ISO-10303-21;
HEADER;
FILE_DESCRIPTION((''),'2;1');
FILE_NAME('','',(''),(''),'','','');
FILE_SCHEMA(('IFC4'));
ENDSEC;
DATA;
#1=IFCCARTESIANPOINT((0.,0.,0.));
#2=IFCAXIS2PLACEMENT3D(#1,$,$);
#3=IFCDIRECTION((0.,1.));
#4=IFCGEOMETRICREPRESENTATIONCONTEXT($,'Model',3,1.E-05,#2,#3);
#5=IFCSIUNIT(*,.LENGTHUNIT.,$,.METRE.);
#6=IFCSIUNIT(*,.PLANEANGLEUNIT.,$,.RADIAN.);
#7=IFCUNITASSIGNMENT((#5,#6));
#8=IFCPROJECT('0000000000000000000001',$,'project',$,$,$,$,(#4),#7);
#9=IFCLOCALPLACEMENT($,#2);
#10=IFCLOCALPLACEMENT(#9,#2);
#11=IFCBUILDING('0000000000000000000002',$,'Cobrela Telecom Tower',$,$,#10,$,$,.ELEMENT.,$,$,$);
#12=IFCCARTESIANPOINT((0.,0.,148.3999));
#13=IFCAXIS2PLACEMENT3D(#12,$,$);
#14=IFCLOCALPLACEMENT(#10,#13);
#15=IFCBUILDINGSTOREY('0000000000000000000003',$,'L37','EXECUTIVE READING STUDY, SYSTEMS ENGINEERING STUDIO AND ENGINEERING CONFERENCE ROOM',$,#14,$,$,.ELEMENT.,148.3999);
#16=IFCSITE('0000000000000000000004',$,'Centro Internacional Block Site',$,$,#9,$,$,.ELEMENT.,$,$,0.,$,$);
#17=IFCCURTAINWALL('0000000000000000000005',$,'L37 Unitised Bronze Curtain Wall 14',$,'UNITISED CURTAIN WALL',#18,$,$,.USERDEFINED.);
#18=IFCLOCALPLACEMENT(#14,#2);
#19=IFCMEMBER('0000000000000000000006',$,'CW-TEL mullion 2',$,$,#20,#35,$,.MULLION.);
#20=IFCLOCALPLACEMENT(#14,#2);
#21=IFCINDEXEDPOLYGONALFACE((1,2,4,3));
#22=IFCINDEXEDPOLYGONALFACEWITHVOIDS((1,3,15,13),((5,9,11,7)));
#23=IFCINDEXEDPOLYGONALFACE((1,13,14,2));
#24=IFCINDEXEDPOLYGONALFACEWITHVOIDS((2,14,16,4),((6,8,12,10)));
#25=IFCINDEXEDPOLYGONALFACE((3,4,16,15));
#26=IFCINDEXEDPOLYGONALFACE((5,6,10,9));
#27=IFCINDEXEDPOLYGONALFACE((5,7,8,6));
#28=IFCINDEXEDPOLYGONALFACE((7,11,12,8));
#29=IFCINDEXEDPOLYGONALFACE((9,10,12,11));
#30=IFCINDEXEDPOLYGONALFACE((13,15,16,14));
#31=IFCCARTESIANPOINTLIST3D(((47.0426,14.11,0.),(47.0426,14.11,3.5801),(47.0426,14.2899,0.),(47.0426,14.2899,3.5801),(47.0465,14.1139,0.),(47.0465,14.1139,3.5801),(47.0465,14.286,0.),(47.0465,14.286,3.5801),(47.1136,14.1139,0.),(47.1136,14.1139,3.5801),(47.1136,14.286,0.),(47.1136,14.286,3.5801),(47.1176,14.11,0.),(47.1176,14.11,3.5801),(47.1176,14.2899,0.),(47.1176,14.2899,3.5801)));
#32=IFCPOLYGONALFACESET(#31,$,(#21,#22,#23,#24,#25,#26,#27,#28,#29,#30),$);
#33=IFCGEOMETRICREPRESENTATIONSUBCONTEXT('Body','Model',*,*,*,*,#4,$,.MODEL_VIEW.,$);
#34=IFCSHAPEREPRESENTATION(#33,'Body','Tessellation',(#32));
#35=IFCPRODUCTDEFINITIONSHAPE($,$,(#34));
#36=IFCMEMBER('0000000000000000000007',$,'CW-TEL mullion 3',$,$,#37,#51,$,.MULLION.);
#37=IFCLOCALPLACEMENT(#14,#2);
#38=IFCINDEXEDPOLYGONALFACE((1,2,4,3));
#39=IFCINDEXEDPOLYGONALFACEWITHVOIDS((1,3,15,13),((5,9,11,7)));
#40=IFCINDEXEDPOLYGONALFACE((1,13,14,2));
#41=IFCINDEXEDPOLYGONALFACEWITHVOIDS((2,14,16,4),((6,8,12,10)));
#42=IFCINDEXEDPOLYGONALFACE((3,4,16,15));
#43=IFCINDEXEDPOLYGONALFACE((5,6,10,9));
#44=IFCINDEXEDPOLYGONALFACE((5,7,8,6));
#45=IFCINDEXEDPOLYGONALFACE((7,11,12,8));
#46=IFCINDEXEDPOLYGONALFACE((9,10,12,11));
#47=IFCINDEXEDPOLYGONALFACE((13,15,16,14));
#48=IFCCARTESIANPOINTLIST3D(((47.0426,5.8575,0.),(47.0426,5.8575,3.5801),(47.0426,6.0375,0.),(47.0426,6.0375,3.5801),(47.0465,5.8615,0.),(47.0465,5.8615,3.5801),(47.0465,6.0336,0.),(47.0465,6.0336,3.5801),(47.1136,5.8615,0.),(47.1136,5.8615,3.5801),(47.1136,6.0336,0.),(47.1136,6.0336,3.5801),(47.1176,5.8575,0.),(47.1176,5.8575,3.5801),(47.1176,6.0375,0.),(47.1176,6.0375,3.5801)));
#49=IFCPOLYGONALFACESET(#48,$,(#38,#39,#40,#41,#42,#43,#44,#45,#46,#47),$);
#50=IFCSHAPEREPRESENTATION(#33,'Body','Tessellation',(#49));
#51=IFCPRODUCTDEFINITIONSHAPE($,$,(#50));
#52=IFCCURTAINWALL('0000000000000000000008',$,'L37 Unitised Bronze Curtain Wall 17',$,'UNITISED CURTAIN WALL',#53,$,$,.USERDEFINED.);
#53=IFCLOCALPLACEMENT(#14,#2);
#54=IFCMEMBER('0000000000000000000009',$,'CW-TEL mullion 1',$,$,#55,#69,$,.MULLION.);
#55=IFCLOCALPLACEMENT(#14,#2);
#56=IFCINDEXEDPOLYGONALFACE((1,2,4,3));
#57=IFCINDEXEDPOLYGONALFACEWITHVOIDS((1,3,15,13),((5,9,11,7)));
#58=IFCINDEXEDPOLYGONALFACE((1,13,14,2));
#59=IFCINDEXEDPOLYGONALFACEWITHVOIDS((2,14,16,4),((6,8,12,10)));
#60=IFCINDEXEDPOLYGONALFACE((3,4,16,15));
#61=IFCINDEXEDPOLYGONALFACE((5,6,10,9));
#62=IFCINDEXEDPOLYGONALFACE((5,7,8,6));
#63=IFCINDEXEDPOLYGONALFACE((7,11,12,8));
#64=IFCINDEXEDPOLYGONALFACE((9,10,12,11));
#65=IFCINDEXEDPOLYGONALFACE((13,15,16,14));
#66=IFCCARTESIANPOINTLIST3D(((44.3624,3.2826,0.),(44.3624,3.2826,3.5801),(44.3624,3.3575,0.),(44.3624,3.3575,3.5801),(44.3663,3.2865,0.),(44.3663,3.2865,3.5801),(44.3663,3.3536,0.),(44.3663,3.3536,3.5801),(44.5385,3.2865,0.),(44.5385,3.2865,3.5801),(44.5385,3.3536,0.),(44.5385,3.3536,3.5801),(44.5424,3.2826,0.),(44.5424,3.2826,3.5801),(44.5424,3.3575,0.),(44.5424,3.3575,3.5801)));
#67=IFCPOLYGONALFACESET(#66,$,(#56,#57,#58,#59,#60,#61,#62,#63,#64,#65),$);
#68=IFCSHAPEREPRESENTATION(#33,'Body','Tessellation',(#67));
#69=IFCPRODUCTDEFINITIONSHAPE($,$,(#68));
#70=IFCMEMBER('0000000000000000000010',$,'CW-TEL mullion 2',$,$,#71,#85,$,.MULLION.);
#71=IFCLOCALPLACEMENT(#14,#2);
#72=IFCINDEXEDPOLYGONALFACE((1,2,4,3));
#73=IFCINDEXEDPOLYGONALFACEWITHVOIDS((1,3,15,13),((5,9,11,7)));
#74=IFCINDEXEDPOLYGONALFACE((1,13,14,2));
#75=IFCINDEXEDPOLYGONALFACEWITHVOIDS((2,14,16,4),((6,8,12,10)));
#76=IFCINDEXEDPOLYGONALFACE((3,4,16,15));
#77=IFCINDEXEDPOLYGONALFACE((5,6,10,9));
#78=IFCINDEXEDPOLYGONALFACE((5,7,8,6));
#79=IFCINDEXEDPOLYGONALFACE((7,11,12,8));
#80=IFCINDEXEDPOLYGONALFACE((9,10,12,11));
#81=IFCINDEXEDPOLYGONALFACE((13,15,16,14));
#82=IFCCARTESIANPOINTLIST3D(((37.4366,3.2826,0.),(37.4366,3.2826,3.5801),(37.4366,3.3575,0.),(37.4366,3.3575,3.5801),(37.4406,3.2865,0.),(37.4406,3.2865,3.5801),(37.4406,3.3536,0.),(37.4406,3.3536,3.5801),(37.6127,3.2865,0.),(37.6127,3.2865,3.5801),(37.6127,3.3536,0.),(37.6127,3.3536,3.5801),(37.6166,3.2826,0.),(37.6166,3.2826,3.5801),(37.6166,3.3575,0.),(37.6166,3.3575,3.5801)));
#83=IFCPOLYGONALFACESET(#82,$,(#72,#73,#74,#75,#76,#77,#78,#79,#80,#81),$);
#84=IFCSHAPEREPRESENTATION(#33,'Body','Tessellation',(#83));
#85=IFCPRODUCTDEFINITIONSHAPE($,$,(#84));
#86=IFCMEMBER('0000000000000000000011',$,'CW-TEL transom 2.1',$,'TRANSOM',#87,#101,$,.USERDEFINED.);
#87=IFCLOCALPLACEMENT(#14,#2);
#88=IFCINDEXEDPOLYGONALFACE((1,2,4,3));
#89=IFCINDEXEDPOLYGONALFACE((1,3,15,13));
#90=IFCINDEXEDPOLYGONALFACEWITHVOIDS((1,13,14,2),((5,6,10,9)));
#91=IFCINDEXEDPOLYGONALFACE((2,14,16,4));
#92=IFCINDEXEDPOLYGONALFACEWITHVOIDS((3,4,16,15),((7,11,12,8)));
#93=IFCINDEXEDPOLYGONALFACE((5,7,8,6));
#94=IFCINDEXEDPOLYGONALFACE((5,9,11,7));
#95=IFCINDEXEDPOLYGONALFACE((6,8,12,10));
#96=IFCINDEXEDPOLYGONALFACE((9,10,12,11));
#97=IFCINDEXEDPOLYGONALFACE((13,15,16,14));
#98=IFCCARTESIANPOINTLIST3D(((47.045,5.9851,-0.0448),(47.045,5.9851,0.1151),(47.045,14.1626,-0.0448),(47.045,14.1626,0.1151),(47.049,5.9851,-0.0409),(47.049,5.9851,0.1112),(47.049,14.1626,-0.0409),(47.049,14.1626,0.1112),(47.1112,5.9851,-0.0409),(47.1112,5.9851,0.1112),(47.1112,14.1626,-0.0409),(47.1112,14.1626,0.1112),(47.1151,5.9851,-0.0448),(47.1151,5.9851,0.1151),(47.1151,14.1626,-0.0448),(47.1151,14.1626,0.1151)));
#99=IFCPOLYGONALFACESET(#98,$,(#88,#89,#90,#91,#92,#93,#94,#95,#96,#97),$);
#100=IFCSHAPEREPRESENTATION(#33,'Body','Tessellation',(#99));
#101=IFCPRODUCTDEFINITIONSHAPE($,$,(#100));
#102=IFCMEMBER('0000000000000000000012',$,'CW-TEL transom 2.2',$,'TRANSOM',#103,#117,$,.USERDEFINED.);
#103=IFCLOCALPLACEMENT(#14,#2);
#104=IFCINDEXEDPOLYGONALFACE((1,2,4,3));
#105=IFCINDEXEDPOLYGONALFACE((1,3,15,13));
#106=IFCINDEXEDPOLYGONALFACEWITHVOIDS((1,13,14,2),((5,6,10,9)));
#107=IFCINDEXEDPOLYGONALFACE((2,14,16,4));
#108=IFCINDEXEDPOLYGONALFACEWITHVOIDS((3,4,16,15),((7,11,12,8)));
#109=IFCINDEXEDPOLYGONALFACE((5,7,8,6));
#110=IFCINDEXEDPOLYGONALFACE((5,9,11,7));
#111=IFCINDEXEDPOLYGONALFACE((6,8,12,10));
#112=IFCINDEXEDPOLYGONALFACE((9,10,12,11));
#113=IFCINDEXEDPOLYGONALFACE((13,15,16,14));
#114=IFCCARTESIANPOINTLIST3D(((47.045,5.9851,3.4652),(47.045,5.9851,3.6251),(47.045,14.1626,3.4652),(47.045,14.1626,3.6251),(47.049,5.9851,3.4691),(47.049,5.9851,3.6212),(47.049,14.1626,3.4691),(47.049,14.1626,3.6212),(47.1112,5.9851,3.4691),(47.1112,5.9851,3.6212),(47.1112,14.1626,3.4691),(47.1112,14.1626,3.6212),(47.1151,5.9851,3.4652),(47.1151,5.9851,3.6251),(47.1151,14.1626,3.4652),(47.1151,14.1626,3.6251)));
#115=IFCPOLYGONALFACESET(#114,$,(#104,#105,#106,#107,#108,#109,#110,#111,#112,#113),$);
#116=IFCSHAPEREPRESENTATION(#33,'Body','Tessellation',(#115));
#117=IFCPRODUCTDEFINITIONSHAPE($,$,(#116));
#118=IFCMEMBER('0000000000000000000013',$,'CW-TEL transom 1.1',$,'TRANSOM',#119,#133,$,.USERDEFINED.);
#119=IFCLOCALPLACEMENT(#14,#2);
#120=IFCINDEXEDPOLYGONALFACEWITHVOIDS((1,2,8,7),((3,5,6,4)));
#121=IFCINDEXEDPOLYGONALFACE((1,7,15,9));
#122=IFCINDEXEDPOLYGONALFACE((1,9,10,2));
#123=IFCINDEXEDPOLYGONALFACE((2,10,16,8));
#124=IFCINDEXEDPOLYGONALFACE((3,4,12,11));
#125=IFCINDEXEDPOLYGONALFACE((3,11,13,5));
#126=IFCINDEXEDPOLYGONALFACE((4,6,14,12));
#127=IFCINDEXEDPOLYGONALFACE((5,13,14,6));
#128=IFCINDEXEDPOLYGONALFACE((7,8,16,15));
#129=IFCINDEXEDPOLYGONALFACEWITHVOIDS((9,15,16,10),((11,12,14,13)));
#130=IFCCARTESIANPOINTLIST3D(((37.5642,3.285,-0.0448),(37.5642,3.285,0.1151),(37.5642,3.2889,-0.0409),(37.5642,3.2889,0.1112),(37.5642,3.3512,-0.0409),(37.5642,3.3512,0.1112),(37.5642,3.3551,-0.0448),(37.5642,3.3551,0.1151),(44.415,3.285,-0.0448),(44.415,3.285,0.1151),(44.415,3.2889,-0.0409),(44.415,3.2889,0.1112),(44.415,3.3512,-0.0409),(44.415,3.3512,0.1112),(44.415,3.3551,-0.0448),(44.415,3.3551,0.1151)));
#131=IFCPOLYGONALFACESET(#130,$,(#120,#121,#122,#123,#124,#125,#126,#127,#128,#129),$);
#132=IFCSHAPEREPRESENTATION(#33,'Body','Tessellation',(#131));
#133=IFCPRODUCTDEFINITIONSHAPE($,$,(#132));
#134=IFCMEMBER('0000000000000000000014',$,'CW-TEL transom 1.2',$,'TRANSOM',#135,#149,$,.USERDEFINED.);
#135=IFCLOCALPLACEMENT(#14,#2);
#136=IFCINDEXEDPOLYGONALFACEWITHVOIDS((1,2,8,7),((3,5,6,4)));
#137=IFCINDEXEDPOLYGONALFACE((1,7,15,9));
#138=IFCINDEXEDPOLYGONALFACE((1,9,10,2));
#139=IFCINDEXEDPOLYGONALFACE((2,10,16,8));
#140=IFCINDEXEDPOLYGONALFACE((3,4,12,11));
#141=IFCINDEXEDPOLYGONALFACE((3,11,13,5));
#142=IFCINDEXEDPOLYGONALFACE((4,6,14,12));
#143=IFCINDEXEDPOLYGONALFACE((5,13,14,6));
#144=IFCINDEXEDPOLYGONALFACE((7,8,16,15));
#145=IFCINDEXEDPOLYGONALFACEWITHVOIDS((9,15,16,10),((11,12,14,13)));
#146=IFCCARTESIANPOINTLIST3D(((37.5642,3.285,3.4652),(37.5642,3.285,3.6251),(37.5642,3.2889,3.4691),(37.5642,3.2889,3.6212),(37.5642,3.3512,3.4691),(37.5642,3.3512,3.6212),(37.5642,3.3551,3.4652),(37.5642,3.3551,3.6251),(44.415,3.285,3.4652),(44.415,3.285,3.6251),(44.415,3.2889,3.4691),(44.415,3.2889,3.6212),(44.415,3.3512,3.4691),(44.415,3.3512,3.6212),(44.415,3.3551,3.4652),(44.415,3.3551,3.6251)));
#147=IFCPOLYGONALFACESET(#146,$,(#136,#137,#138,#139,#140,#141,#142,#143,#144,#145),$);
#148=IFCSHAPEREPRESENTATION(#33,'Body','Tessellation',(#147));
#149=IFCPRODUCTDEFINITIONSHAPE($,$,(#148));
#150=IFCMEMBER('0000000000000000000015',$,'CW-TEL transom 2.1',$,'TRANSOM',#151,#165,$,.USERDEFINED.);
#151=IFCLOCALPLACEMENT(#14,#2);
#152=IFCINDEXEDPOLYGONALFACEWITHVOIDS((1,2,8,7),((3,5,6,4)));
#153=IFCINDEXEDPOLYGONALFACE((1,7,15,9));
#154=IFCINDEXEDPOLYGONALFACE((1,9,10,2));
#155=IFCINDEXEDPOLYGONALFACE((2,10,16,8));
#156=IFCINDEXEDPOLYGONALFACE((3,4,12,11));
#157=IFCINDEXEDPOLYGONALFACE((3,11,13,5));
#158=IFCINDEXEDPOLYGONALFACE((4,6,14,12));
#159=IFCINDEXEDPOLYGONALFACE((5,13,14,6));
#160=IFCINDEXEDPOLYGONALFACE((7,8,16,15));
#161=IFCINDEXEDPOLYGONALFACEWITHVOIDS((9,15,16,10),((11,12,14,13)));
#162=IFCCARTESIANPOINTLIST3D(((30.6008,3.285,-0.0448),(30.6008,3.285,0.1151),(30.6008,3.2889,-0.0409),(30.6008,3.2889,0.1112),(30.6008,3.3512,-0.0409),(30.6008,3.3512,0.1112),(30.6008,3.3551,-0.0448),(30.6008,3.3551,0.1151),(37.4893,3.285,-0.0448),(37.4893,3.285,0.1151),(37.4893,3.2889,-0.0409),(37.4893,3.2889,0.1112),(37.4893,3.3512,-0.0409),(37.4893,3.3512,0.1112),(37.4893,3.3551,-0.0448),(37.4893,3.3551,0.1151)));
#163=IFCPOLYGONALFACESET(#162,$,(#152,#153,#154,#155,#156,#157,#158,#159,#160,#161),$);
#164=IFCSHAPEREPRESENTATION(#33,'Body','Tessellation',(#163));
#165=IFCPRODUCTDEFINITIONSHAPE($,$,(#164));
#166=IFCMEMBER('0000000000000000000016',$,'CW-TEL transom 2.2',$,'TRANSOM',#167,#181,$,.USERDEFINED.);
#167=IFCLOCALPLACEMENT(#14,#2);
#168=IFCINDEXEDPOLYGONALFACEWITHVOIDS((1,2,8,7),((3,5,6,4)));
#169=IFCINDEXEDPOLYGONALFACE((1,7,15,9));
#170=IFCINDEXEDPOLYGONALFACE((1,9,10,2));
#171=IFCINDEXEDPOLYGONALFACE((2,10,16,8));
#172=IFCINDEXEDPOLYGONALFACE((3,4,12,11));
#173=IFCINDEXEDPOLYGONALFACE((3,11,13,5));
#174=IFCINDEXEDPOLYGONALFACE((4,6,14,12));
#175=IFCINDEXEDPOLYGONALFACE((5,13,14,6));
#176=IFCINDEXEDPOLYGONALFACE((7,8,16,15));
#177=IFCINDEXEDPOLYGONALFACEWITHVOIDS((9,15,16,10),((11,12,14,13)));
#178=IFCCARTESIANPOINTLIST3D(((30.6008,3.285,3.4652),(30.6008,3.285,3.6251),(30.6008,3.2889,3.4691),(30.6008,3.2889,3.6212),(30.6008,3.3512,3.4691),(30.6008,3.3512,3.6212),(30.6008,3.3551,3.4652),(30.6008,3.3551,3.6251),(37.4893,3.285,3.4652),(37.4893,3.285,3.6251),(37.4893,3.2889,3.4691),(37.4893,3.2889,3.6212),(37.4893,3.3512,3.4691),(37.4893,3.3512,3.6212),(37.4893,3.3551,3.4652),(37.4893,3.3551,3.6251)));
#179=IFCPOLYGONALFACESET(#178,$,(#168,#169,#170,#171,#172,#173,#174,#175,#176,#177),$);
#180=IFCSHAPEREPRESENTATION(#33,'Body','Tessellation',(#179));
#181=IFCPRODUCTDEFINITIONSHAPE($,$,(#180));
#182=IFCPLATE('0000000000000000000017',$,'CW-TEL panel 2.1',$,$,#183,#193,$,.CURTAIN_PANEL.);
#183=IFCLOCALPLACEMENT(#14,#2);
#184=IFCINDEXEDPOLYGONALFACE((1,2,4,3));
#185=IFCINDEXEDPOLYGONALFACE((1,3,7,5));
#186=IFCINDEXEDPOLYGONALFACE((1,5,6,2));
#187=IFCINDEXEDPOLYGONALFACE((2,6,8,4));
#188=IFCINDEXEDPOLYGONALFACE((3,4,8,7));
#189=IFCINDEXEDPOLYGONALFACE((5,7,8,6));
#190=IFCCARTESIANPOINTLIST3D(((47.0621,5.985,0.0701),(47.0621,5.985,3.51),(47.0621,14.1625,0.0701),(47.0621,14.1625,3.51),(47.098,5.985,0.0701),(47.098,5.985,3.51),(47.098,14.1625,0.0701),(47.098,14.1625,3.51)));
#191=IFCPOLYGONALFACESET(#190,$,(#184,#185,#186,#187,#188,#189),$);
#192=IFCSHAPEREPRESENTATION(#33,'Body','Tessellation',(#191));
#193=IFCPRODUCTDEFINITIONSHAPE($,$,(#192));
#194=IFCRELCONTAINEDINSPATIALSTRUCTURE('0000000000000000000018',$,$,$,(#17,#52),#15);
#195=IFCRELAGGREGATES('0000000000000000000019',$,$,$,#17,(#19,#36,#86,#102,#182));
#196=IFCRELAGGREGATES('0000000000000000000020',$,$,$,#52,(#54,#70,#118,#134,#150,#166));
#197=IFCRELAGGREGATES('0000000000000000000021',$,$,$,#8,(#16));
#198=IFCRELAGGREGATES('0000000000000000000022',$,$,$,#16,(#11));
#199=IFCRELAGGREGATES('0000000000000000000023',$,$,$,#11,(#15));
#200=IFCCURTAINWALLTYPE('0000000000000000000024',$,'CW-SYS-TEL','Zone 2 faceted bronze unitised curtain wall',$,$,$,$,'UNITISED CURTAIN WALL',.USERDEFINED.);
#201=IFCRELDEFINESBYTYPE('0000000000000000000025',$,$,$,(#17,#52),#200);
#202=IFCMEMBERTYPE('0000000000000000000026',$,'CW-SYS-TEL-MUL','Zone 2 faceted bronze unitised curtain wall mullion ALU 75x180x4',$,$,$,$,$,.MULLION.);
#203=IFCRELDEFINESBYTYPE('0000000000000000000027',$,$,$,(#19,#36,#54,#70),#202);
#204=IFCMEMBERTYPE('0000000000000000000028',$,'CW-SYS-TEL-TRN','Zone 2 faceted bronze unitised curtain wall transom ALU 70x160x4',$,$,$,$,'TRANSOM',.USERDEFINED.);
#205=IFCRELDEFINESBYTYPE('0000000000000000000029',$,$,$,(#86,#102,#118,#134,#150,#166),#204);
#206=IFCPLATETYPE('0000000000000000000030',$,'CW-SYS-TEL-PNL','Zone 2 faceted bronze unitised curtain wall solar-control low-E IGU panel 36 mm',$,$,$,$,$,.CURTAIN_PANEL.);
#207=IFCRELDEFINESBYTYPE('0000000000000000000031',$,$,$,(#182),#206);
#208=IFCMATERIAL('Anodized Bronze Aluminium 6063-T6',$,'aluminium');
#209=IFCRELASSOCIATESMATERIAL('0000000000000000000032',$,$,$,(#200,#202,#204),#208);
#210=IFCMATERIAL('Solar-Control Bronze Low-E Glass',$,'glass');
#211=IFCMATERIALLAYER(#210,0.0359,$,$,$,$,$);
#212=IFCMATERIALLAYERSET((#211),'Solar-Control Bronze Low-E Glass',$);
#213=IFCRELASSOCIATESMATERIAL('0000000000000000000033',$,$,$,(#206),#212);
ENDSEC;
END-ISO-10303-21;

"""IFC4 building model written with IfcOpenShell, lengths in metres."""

from ifc_helpers import new_model, si_unit, direction, frame, origin, origin_2d, place, context, subcontext, project, spatial, rectangle, hollow_rectangle, extrude, material, layer, layer_set, material_profile, profile_set, type_object, element, aggregate, save


model = new_model("IFC4")

# Units and contexts
model_context = context("Model", 3, precision=1e-05, world=origin(), true_north=direction((0.0, 1.0)))
body_context = subcontext(model_context, "Body", "Model", "MODEL_VIEW")
ifc_project = project(units=[si_unit("LENGTHUNIT", "METRE"), si_unit("PLANEANGLEUNIT", "RADIAN")], contexts=[model_context])

# Site, building, storey
site_placement = place(None, origin())
site = spatial("IfcSite", under=ifc_project, at=site_placement, Name="Centro Internacional Block Site", CompositionType="ELEMENT", RefElevation=0.0)
building_placement = place(site_placement, origin())
building = spatial("IfcBuilding", under=site, at=building_placement, Name="Cobrela Telecom Tower", CompositionType="ELEMENT")
storey_placement = place(building_placement, frame((0.0, 0.0, 148.3999)))
storey = spatial("IfcBuildingStorey", under=building, at=storey_placement, Name="L37", Description="EXECUTIVE READING STUDY, SYSTEMS ENGINEERING STUDIO AND ENGINEERING CONFERENCE ROOM", CompositionType="ELEMENT", Elevation=148.3999)

# Curtain walls, members
ifc_material_1 = material(Name="Anodized Bronze Aluminium 6063-T6", Category="aluminium")
curtain_wall_type = type_object("IfcCurtainWallType", Name="CW-SYS-TEL", Description="Zone 2 faceted bronze unitised curtain wall", ElementType="UNITISED CURTAIN WALL", PredefinedType="USERDEFINED", material=ifc_material_1)
curtain_wall_1_placement = place(storey_placement, origin())
curtain_wall_1 = element("IfcCurtainWall", 1, at=curtain_wall_1_placement, inside=storey, type_object=curtain_wall_type, Name="L37 Unitised Bronze Curtain Wall 14", ObjectType="UNITISED CURTAIN WALL", PredefinedType="USERDEFINED")
ifc_material_profile_1 = material_profile(ifc_material_1, hollow_rectangle(XDim=0.075, YDim=0.1799, WallThickness=0.0039, at=origin_2d()), Name="ALU 75x180x4")
ifc_profile_set_1 = profile_set([ifc_material_profile_1], Name="Anodized Bronze Aluminium 6063-T6")
member_type_1 = type_object("IfcMemberType", Name="CW-SYS-TEL-MUL", Description="Zone 2 faceted bronze unitised curtain wall mullion ALU 75x180x4", PredefinedType="MULLION", material=ifc_profile_set_1)
member_1_placement = place(storey_placement, frame((47.0801, 14.2, 0.0), z_axis=(0.0, 0.0, 1.0), x_axis=(1.0, 0.0, 0.0)))
member_1 = element("IfcMember", 2, at=member_1_placement, type_object=member_type_1, Name="CW-TEL mullion 2", PredefinedType="MULLION", context=body_context, shape_type="SweptSolid", body=[
    extrude(hollow_rectangle(XDim=0.075, YDim=0.1799, WallThickness=0.0039, at=origin_2d()), origin(), (0.0, 0.0, 1.0), 3.5801),
])
member_2_placement = place(storey_placement, frame((47.0801, 5.9475, 0.0), z_axis=(0.0, 0.0, 1.0), x_axis=(1.0, 0.0, 0.0)))
member_2 = element("IfcMember", 3, at=member_2_placement, type_object=member_type_1, Name="CW-TEL mullion 3", PredefinedType="MULLION", context=body_context, shape_type="SweptSolid", body=[
    extrude(hollow_rectangle(XDim=0.075, YDim=0.1799, WallThickness=0.0039, at=origin_2d()), origin(), (0.0, 0.0, 1.0), 3.5801),
])
curtain_wall_2_placement = place(storey_placement, origin())
curtain_wall_2 = element("IfcCurtainWall", 4, at=curtain_wall_2_placement, inside=storey, type_object=curtain_wall_type, Name="L37 Unitised Bronze Curtain Wall 17", ObjectType="UNITISED CURTAIN WALL", PredefinedType="USERDEFINED")
member_3_placement = place(storey_placement, frame((44.4524, 3.3201, 0.0), z_axis=(0.0, 0.0, 1.0), x_axis=(0.0, -1.0, 0.0)))
member_3 = element("IfcMember", 5, at=member_3_placement, type_object=member_type_1, Name="CW-TEL mullion 1", PredefinedType="MULLION", context=body_context, shape_type="SweptSolid", body=[
    extrude(hollow_rectangle(XDim=0.075, YDim=0.1799, WallThickness=0.0039, at=origin_2d()), origin(), (0.0, 0.0, 1.0), 3.5801),
])
member_4_placement = place(storey_placement, frame((37.5266, 3.3201, 0.0), z_axis=(0.0, 0.0, 1.0), x_axis=(0.0, -1.0, 0.0)))
member_4 = element("IfcMember", 6, at=member_4_placement, type_object=member_type_1, Name="CW-TEL mullion 2", PredefinedType="MULLION", context=body_context, shape_type="SweptSolid", body=[
    extrude(hollow_rectangle(XDim=0.075, YDim=0.1799, WallThickness=0.0039, at=origin_2d()), origin(), (0.0, 0.0, 1.0), 3.5801),
])

# Members
ifc_material_profile_2 = material_profile(ifc_material_1, hollow_rectangle(XDim=0.0701, YDim=0.1599, WallThickness=0.0039, at=origin_2d()), Name="ALU 70x160x4")
ifc_profile_set_2 = profile_set([ifc_material_profile_2], Name="Anodized Bronze Aluminium 6063-T6")
member_type_2 = type_object("IfcMemberType", Name="CW-SYS-TEL-TRN", Description="Zone 2 faceted bronze unitised curtain wall transom ALU 70x160x4", ElementType="TRANSOM", PredefinedType="USERDEFINED", material=ifc_profile_set_2)
member_5_placement = place(storey_placement, frame((47.0801, 14.1626, 0.0352), z_axis=(0.0, -1.0, 0.0), x_axis=(1.0, 0.0, 0.0)))
member_5 = element("IfcMember", 7, at=member_5_placement, type_object=member_type_2, Name="CW-TEL transom 2.1", ObjectType="TRANSOM", PredefinedType="USERDEFINED", context=body_context, shape_type="SweptSolid", body=[
    extrude(hollow_rectangle(XDim=0.0701, YDim=0.1599, WallThickness=0.0039, at=origin_2d()), origin(), (0.0, 0.0, 1.0), 8.1775),
])
member_6_placement = place(storey_placement, frame((47.0801, 14.1626, 3.5452), z_axis=(0.0, -1.0, 0.0), x_axis=(1.0, 0.0, 0.0)))
member_6 = element("IfcMember", 8, at=member_6_placement, type_object=member_type_2, Name="CW-TEL transom 2.2", ObjectType="TRANSOM", PredefinedType="USERDEFINED", context=body_context, shape_type="SweptSolid", body=[
    extrude(hollow_rectangle(XDim=0.0701, YDim=0.1599, WallThickness=0.0039, at=origin_2d()), origin(), (0.0, 0.0, 1.0), 8.1775),
])
member_7_placement = place(storey_placement, frame((44.415, 3.3201, 0.0352), z_axis=(-1.0, 0.0, 0.0), x_axis=(0.0, -1.0, 0.0)))
member_7 = element("IfcMember", 9, at=member_7_placement, type_object=member_type_2, Name="CW-TEL transom 1.1", ObjectType="TRANSOM", PredefinedType="USERDEFINED", context=body_context, shape_type="SweptSolid", body=[
    extrude(hollow_rectangle(XDim=0.0701, YDim=0.1599, WallThickness=0.0039, at=origin_2d()), origin(), (0.0, 0.0, 1.0), 6.8508),
])
member_8_placement = place(storey_placement, frame((44.415, 3.3201, 3.5452), z_axis=(-1.0, 0.0, 0.0), x_axis=(0.0, -1.0, 0.0)))
member_8 = element("IfcMember", 10, at=member_8_placement, type_object=member_type_2, Name="CW-TEL transom 1.2", ObjectType="TRANSOM", PredefinedType="USERDEFINED", context=body_context, shape_type="SweptSolid", body=[
    extrude(hollow_rectangle(XDim=0.0701, YDim=0.1599, WallThickness=0.0039, at=origin_2d()), origin(), (0.0, 0.0, 1.0), 6.8508),
])
member_9_placement = place(storey_placement, frame((37.4893, 3.3201, 0.0352), z_axis=(-1.0, 0.0, 0.0), x_axis=(0.0, -1.0, 0.0)))
member_9 = element("IfcMember", 11, at=member_9_placement, type_object=member_type_2, Name="CW-TEL transom 2.1", ObjectType="TRANSOM", PredefinedType="USERDEFINED", context=body_context, shape_type="SweptSolid", body=[
    extrude(hollow_rectangle(XDim=0.0701, YDim=0.1599, WallThickness=0.0039, at=origin_2d()), origin(), (0.0, 0.0, 1.0), 6.8884),
])
member_10_placement = place(storey_placement, frame((37.4893, 3.3201, 3.5452), z_axis=(-1.0, 0.0, 0.0), x_axis=(0.0, -1.0, 0.0)))
member_10 = element("IfcMember", 12, at=member_10_placement, type_object=member_type_2, Name="CW-TEL transom 2.2", ObjectType="TRANSOM", PredefinedType="USERDEFINED", context=body_context, shape_type="SweptSolid", body=[
    extrude(hollow_rectangle(XDim=0.0701, YDim=0.1599, WallThickness=0.0039, at=origin_2d()), origin(), (0.0, 0.0, 1.0), 6.8884),
])

# Plate
ifc_material_2 = material(Name="Solar-Control Bronze Low-E Glass", Category="glass")
ifc_layer_1 = layer(ifc_material_2, 0.0359)
ifc_layer_set_1 = layer_set([ifc_layer_1], Name="Solar-Control Bronze Low-E Glass")
plate_type = type_object("IfcPlateType", Name="CW-SYS-TEL-PNL", Description="Zone 2 faceted bronze unitised curtain wall solar-control low-E IGU panel 36 mm", PredefinedType="CURTAIN_PANEL", material=ifc_layer_set_1)
plate_1_placement = place(storey_placement, frame((47.0801, 10.0737, 0.0701), z_axis=(0.0, 0.0, 1.0), x_axis=(0.0, -1.0, 0.0)))
plate_1 = element("IfcPlate", 13, at=plate_1_placement, type_object=plate_type, Name="CW-TEL panel 2.1", PredefinedType="CURTAIN_PANEL", context=body_context, shape_type="SweptSolid", body=[
    extrude(rectangle(XDim=8.1775, YDim=0.0359, at=origin_2d()), origin(), (0.0, 0.0, 1.0), 3.4399),
])
aggregate(curtain_wall_1, [member_1, member_2, member_5, member_6, plate_1])
aggregate(curtain_wall_2, [member_3, member_4, member_7, member_8, member_9, member_10])

save(model, "model.ifc")
